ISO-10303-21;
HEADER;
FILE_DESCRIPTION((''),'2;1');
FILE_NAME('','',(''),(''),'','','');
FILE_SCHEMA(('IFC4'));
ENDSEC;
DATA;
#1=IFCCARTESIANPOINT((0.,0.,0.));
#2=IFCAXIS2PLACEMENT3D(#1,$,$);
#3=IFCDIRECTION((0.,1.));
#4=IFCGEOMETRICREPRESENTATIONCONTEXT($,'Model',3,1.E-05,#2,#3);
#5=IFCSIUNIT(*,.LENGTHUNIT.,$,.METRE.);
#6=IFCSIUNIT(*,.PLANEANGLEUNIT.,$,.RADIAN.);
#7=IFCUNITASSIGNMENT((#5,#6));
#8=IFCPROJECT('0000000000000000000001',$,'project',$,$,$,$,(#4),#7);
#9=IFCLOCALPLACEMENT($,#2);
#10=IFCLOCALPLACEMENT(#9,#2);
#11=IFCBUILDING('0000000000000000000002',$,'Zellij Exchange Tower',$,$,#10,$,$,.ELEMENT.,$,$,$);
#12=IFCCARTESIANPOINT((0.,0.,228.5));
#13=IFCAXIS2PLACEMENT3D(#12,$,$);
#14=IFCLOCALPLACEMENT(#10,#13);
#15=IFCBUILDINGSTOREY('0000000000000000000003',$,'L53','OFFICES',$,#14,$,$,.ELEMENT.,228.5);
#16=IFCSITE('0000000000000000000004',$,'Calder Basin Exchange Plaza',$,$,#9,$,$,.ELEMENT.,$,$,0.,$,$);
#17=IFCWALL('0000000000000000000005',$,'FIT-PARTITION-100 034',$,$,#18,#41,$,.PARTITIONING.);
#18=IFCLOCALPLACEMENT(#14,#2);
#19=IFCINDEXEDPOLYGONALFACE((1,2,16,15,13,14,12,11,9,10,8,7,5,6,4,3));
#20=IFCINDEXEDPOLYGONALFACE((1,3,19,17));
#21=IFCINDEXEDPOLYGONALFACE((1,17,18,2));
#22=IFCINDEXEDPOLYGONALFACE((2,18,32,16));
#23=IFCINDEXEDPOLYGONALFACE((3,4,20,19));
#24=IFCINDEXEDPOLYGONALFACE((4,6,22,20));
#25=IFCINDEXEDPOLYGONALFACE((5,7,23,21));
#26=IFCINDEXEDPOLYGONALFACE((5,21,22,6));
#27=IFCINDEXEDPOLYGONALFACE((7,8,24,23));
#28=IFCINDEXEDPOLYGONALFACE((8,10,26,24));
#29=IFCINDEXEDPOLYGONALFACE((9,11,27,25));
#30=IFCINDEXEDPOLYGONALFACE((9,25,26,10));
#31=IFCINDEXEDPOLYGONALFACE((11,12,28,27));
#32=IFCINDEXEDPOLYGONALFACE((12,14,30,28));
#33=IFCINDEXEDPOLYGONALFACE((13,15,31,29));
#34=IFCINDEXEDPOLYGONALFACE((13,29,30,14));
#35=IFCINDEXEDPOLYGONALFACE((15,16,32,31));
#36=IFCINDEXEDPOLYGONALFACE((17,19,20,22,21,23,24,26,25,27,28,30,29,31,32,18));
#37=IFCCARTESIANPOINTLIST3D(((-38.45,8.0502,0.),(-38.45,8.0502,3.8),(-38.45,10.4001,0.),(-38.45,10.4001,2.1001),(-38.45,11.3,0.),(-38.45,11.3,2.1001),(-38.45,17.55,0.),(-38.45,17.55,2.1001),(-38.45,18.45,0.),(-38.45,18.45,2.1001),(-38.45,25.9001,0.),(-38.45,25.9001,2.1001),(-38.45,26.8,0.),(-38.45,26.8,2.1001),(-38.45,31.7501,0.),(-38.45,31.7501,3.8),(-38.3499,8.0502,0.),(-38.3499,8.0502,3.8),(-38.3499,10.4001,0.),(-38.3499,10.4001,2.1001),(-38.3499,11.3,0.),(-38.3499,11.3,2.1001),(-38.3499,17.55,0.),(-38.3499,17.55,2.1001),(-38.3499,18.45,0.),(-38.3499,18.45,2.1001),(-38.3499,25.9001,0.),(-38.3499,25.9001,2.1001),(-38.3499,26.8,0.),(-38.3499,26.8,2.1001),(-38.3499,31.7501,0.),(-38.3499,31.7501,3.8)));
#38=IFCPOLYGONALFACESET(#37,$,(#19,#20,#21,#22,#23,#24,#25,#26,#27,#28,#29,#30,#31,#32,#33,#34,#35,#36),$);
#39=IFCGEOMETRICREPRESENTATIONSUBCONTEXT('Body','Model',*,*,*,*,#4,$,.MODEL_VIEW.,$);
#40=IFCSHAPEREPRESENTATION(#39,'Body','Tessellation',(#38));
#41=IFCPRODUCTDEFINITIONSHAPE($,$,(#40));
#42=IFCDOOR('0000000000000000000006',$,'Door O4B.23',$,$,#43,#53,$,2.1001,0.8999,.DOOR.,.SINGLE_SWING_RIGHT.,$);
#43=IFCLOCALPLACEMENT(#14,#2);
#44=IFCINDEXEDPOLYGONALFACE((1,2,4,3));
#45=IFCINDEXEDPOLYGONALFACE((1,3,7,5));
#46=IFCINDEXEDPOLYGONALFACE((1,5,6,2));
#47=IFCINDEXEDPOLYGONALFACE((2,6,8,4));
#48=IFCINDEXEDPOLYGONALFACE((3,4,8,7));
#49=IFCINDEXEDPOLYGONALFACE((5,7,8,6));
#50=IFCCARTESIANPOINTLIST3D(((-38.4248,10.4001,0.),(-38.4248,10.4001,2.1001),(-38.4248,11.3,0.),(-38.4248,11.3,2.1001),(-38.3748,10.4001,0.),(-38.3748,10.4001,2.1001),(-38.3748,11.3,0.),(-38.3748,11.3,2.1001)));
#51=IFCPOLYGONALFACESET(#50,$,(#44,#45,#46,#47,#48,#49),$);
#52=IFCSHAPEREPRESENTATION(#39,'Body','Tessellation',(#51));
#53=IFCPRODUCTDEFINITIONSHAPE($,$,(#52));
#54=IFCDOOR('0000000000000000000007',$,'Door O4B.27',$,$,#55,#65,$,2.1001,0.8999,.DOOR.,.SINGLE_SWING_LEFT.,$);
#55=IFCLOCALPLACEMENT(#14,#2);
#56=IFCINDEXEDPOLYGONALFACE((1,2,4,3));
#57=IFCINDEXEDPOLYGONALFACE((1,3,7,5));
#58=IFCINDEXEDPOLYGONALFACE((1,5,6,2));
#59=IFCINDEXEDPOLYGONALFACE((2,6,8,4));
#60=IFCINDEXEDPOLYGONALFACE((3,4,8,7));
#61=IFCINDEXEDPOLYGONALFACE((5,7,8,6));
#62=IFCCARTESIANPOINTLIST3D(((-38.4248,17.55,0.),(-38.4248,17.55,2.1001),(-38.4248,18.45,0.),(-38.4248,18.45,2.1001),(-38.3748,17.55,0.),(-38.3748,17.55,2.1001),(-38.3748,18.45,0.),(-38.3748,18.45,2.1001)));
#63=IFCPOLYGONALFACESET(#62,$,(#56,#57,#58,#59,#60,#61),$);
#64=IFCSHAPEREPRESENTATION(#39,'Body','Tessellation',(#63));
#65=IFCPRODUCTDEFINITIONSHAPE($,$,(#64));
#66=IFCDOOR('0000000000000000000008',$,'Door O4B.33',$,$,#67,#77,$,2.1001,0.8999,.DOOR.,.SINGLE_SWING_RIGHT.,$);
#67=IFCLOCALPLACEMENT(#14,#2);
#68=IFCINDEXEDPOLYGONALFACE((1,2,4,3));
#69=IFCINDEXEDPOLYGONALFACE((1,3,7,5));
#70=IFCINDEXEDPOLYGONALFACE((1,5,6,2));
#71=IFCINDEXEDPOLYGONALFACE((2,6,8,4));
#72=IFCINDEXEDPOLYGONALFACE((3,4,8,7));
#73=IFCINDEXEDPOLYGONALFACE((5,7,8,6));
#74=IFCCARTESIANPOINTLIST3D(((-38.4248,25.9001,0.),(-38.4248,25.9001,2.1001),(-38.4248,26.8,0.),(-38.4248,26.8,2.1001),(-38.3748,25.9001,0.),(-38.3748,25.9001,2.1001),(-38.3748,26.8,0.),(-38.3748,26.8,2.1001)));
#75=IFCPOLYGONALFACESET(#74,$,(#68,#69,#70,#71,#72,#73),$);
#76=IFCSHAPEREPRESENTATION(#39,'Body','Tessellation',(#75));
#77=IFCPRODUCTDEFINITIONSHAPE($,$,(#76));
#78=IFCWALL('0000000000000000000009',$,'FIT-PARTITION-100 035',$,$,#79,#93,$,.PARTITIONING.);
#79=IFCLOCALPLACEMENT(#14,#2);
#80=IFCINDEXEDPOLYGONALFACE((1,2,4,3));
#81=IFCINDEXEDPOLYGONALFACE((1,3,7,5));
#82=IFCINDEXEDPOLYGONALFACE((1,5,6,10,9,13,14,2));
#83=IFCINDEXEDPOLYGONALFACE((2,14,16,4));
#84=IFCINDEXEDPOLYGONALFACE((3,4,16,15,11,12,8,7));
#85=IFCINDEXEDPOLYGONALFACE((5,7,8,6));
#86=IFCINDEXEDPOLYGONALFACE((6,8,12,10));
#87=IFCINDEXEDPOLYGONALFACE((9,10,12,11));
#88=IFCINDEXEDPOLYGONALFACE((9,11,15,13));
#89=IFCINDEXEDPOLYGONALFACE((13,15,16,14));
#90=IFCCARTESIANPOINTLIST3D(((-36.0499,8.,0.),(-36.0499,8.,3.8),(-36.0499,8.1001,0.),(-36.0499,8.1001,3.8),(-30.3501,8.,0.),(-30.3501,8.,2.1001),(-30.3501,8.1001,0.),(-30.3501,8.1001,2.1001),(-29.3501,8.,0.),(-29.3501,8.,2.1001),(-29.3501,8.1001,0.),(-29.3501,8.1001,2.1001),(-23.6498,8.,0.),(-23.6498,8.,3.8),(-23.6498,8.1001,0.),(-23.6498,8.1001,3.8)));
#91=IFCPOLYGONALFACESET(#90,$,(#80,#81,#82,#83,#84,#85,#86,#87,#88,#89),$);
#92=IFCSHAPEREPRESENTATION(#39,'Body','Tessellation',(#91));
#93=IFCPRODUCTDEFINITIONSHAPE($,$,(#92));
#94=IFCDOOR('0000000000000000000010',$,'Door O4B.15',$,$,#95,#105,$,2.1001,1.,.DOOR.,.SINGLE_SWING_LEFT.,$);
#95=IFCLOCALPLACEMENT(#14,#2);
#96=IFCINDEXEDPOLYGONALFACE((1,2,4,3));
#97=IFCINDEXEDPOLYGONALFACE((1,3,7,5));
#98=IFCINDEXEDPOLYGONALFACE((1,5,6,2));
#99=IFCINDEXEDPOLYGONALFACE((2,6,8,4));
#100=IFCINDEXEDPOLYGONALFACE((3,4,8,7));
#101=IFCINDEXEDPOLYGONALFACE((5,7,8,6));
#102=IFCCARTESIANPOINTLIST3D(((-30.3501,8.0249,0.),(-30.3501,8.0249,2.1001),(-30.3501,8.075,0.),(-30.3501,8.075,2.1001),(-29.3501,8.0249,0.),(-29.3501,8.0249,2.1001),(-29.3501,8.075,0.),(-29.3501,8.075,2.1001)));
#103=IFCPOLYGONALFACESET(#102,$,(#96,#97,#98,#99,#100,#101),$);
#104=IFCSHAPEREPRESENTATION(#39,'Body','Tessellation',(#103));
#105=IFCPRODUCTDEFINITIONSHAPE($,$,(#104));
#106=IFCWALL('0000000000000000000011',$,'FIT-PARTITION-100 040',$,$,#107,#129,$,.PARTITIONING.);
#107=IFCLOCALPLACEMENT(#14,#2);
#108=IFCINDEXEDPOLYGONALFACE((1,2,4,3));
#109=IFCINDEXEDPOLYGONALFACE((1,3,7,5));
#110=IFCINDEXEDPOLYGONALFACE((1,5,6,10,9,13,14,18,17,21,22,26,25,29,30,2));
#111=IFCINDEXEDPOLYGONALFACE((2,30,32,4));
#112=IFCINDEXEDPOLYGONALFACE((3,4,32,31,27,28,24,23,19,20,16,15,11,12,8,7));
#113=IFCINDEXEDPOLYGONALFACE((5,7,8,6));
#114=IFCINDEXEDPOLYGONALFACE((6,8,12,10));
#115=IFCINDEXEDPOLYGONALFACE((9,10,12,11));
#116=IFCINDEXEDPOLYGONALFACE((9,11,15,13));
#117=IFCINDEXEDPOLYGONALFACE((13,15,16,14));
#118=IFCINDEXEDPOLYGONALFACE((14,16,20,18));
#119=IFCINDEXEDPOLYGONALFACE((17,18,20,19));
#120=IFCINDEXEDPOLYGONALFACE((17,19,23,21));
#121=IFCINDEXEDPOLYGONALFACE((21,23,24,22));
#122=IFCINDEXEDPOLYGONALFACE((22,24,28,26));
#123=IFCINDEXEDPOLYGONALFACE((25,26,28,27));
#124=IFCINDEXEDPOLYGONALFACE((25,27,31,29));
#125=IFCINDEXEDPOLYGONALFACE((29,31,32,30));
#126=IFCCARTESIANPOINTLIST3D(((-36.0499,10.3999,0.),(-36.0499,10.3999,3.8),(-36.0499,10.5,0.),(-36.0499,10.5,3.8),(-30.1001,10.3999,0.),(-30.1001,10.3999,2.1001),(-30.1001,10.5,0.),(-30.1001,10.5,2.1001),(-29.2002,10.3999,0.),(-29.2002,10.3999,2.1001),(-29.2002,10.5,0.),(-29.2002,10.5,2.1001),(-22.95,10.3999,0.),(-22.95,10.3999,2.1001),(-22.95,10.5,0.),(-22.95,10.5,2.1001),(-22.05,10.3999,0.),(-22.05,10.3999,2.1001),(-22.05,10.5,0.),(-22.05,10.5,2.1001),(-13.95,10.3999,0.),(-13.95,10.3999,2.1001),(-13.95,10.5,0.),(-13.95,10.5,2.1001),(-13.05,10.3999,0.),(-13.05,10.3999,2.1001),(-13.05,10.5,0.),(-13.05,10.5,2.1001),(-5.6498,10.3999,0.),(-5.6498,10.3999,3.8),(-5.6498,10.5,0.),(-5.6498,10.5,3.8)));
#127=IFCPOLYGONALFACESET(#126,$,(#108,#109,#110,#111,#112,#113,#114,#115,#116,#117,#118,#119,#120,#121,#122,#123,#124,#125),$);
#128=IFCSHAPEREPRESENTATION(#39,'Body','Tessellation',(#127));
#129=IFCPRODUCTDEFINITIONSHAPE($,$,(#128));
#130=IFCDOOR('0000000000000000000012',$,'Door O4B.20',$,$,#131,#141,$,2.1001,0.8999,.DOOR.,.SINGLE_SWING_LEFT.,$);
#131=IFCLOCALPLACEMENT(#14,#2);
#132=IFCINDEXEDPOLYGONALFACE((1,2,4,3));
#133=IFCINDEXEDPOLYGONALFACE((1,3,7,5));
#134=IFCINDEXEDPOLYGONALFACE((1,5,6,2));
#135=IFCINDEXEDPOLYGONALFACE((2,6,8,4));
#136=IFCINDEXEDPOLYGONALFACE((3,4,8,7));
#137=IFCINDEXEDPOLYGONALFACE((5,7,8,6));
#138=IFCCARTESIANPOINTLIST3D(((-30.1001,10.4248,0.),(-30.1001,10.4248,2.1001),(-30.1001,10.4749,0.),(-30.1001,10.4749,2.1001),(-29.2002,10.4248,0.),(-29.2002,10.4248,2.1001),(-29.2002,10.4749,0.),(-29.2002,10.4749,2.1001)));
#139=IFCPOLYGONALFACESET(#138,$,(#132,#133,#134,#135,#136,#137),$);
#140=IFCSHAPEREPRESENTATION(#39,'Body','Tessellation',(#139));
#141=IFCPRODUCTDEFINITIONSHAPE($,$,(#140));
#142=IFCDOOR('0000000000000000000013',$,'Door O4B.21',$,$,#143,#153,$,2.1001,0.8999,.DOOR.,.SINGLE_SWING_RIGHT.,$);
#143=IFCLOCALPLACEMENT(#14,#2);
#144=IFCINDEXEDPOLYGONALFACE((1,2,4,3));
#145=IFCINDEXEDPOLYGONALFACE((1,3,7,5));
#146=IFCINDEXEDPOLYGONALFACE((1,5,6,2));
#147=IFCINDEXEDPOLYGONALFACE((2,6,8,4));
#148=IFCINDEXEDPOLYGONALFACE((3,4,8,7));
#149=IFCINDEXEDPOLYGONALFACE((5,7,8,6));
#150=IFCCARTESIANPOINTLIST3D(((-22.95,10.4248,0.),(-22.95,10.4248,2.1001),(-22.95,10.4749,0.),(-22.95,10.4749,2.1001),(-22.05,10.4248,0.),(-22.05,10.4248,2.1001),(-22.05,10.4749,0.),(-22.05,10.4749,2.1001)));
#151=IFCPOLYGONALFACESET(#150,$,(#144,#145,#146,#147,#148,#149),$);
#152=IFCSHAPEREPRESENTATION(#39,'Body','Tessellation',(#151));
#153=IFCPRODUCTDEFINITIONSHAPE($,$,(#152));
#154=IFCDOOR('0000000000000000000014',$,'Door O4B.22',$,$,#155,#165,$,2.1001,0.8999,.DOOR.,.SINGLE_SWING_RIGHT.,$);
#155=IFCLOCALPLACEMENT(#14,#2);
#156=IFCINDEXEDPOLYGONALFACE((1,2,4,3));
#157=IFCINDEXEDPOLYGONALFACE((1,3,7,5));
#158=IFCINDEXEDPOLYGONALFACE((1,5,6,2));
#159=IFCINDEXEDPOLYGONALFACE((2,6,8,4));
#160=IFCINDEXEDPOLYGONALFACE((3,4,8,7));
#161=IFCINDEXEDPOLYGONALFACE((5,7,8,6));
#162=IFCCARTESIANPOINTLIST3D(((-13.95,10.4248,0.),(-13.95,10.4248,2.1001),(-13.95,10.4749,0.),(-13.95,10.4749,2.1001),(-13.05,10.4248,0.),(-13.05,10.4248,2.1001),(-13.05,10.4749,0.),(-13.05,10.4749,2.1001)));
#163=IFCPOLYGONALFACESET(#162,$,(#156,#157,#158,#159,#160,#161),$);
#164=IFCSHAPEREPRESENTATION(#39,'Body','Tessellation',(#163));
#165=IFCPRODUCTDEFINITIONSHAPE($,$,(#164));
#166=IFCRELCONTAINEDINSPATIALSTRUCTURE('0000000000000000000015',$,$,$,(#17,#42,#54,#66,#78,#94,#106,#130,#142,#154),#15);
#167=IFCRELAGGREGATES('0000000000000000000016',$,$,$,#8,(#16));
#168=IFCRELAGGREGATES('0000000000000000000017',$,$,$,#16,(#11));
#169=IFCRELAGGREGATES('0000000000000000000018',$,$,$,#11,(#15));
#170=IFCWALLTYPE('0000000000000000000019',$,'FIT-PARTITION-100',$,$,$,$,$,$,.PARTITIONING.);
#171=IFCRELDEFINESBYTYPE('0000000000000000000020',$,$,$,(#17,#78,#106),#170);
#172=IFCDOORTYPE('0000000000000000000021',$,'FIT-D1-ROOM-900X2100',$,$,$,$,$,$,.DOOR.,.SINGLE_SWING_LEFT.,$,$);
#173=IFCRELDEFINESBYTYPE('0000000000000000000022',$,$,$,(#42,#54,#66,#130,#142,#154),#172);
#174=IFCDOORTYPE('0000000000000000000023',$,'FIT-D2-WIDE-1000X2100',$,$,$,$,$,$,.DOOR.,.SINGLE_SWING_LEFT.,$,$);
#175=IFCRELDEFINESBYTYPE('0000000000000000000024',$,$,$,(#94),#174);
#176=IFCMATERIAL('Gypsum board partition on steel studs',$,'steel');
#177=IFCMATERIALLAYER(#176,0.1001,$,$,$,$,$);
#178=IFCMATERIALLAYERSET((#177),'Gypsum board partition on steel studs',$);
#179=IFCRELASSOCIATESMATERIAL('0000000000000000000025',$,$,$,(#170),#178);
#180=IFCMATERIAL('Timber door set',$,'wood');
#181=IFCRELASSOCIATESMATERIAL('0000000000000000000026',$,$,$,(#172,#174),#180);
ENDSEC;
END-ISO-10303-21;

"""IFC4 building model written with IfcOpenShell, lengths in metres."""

from ifc_helpers import new_model, si_unit, direction, frame, frame_2d, origin, place, context, subcontext, project, spatial, rectangle, extrude, material, layer, layer_set, type_object, element, fill, save


model = new_model("IFC4")

# Units and contexts
model_context = context("Model", 3, precision=1e-05, world=origin(), true_north=direction((0.0, 1.0)))
body_context = subcontext(model_context, "Body", "Model", "MODEL_VIEW")
ifc_project = project(units=[si_unit("LENGTHUNIT", "METRE"), si_unit("PLANEANGLEUNIT", "RADIAN")], contexts=[model_context])

# Site, building, storey
site_placement = place(None, origin())
site = spatial("IfcSite", under=ifc_project, at=site_placement, Name="Calder Basin Exchange Plaza", CompositionType="ELEMENT", RefElevation=0.0)
building_placement = place(site_placement, origin())
building = spatial("IfcBuilding", under=site, at=building_placement, Name="Zellij Exchange Tower", CompositionType="ELEMENT")
storey_placement = place(building_placement, frame((0.0, 0.0, 228.5)))
storey = spatial("IfcBuildingStorey", under=building, at=storey_placement, Name="L53", Description="OFFICES", CompositionType="ELEMENT", Elevation=228.5)

# Wall, openings, doors
ifc_material_1 = material(Name="Gypsum board partition on steel studs", Category="steel")
ifc_layer_1 = layer(ifc_material_1, 0.1001)
ifc_layer_set_1 = layer_set([ifc_layer_1], Name="Gypsum board partition on steel studs")
wall_type_1 = type_object("IfcWallType", Name="FIT-PARTITION-100", PredefinedType="PARTITIONING", material=ifc_layer_set_1)
wall_1_placement = place(storey_placement, frame((-38.3999, 8.05, 0.0), z_axis=(0.0, 0.0, 1.0), x_axis=(0.0, 1.0, 0.0)))
wall_1 = element("IfcWall", 1, at=wall_1_placement, inside=storey, type_object=wall_type_1, Name="FIT-PARTITION-100 034", PredefinedType="PARTITIONING", context=body_context, shape_type="SweptSolid", body=[
    extrude(rectangle(XDim=23.7, YDim=0.1001, at=frame_2d((11.8501, 0.0))), origin(), (0.0, 0.0, 1.0), 3.8),
])
opening_1_placement = place(wall_1_placement, frame((2.3501, 0.0, 0.0)))
opening_1 = element("IfcOpeningElement", 2, at=opening_1_placement, cuts=wall_1, PredefinedType="OPENING", context=body_context, shape_type="SweptSolid", body=[
    extrude(rectangle(XDim=0.8999, YDim=2.1001, at=frame_2d((0.45, 1.05))), frame((0.0, 0.062, 0.0), z_axis=(0.0, -1.0, 0.0), x_axis=(1.0, 0.0, 0.0)), (0.0, 0.0, 1.0), 0.124),
])
opening_2_placement = place(wall_1_placement, frame((9.5, 0.0, 0.0)))
opening_2 = element("IfcOpeningElement", 3, at=opening_2_placement, cuts=wall_1, PredefinedType="OPENING", context=body_context, shape_type="SweptSolid", body=[
    extrude(rectangle(XDim=0.8999, YDim=2.1001, at=frame_2d((0.45, 1.05))), frame((0.0, 0.062, 0.0), z_axis=(0.0, -1.0, 0.0), x_axis=(1.0, 0.0, 0.0)), (0.0, 0.0, 1.0), 0.124),
])
opening_3_placement = place(wall_1_placement, frame((17.8501, 0.0, 0.0)))
opening_3 = element("IfcOpeningElement", 4, at=opening_3_placement, cuts=wall_1, PredefinedType="OPENING", context=body_context, shape_type="SweptSolid", body=[
    extrude(rectangle(XDim=0.8999, YDim=2.1001, at=frame_2d((0.45, 1.05))), frame((0.0, 0.062, 0.0), z_axis=(0.0, -1.0, 0.0), x_axis=(1.0, 0.0, 0.0)), (0.0, 0.0, 1.0), 0.124),
])
ifc_material_2 = material(Name="Timber door set", Category="wood")
door_type_1 = type_object("IfcDoorType", Name="FIT-D1-ROOM-900X2100", OperationType="SINGLE_SWING_LEFT", PredefinedType="DOOR", material=ifc_material_2)
door_1_placement = place(opening_1_placement, origin())
door_1 = element("IfcDoor", 5, at=door_1_placement, inside=storey, type_object=door_type_1, Name="Door O4B.23", OperationType="SINGLE_SWING_RIGHT", OverallHeight=2.1001, OverallWidth=0.8999, PredefinedType="DOOR", context=body_context, shape_type="SweptSolid", body=[
    extrude(rectangle(XDim=0.8999, YDim=2.1001, at=frame_2d((0.45, 1.05))), frame((0.0, 0.0249, 0.0), z_axis=(0.0, -1.0, 0.0), x_axis=(1.0, 0.0, 0.0)), (0.0, 0.0, 1.0), 0.05),
])
fill(opening_1, door_1)
door_2_placement = place(opening_2_placement, origin())
door_2 = element("IfcDoor", 6, at=door_2_placement, inside=storey, type_object=door_type_1, Name="Door O4B.27", OperationType="SINGLE_SWING_LEFT", OverallHeight=2.1001, OverallWidth=0.8999, PredefinedType="DOOR", context=body_context, shape_type="SweptSolid", body=[
    extrude(rectangle(XDim=0.8999, YDim=2.1001, at=frame_2d((0.45, 1.05))), frame((0.0, 0.0249, 0.0), z_axis=(0.0, -1.0, 0.0), x_axis=(1.0, 0.0, 0.0)), (0.0, 0.0, 1.0), 0.05),
])
fill(opening_2, door_2)
door_3_placement = place(opening_3_placement, origin())
door_3 = element("IfcDoor", 7, at=door_3_placement, inside=storey, type_object=door_type_1, Name="Door O4B.33", OperationType="SINGLE_SWING_RIGHT", OverallHeight=2.1001, OverallWidth=0.8999, PredefinedType="DOOR", context=body_context, shape_type="SweptSolid", body=[
    extrude(rectangle(XDim=0.8999, YDim=2.1001, at=frame_2d((0.45, 1.05))), frame((0.0, 0.0249, 0.0), z_axis=(0.0, -1.0, 0.0), x_axis=(1.0, 0.0, 0.0)), (0.0, 0.0, 1.0), 0.05),
])
fill(opening_3, door_3)

# Wall, opening, door
wall_2_placement = place(storey_placement, frame((-36.05, 8.05, 0.0), z_axis=(0.0, 0.0, 1.0), x_axis=(1.0, 0.0, 0.0)))
wall_2 = element("IfcWall", 8, at=wall_2_placement, inside=storey, type_object=wall_type_1, Name="FIT-PARTITION-100 035", PredefinedType="PARTITIONING", context=body_context, shape_type="SweptSolid", body=[
    extrude(rectangle(XDim=12.4001, YDim=0.1001, at=frame_2d((6.2002, 0.0))), origin(), (0.0, 0.0, 1.0), 3.8),
])
opening_4_placement = place(wall_2_placement, frame((5.7, 0.0, 0.0)))
opening_4 = element("IfcOpeningElement", 9, at=opening_4_placement, cuts=wall_2, PredefinedType="OPENING", context=body_context, shape_type="SweptSolid", body=[
    extrude(rectangle(XDim=1.0, YDim=2.1001, at=frame_2d((0.5, 1.05))), frame((0.0, 0.062, 0.0), z_axis=(0.0, -1.0, 0.0), x_axis=(1.0, 0.0, 0.0)), (0.0, 0.0, 1.0), 0.124),
])
door_type_2 = type_object("IfcDoorType", Name="FIT-D2-WIDE-1000X2100", OperationType="SINGLE_SWING_LEFT", PredefinedType="DOOR", material=ifc_material_2)
door_4_placement = place(opening_4_placement, origin())
door_4 = element("IfcDoor", 10, at=door_4_placement, inside=storey, type_object=door_type_2, Name="Door O4B.15", OperationType="SINGLE_SWING_LEFT", OverallHeight=2.1001, OverallWidth=1.0, PredefinedType="DOOR", context=body_context, shape_type="SweptSolid", body=[
    extrude(rectangle(XDim=1.0, YDim=2.1001, at=frame_2d((0.5, 1.05))), frame((0.0, 0.0249, 0.0), z_axis=(0.0, -1.0, 0.0), x_axis=(1.0, 0.0, 0.0)), (0.0, 0.0, 1.0), 0.05),
])
fill(opening_4, door_4)

# Wall, openings, doors
wall_3_placement = place(storey_placement, frame((-36.05, 10.45, 0.0), z_axis=(0.0, 0.0, 1.0), x_axis=(1.0, 0.0, 0.0)))
wall_3 = element("IfcWall", 11, at=wall_3_placement, inside=storey, type_object=wall_type_1, Name="FIT-PARTITION-100 040", PredefinedType="PARTITIONING", context=body_context, shape_type="SweptSolid", body=[
    extrude(rectangle(XDim=30.4001, YDim=0.1001, at=frame_2d((15.2002, 0.0))), origin(), (0.0, 0.0, 1.0), 3.8),
])
opening_5_placement = place(wall_3_placement, frame((5.95, 0.0, 0.0)))
opening_5 = element("IfcOpeningElement", 12, at=opening_5_placement, cuts=wall_3, PredefinedType="OPENING", context=body_context, shape_type="SweptSolid", body=[
    extrude(rectangle(XDim=0.8999, YDim=2.1001, at=frame_2d((0.45, 1.05))), frame((0.0, 0.062, 0.0), z_axis=(0.0, -1.0, 0.0), x_axis=(1.0, 0.0, 0.0)), (0.0, 0.0, 1.0), 0.124),
])
opening_6_placement = place(wall_3_placement, frame((13.1001, 0.0, 0.0)))
opening_6 = element("IfcOpeningElement", 13, at=opening_6_placement, cuts=wall_3, PredefinedType="OPENING", context=body_context, shape_type="SweptSolid", body=[
    extrude(rectangle(XDim=0.8999, YDim=2.1001, at=frame_2d((0.45, 1.05))), frame((0.0, 0.062, 0.0), z_axis=(0.0, -1.0, 0.0), x_axis=(1.0, 0.0, 0.0)), (0.0, 0.0, 1.0), 0.124),
])
opening_7_placement = place(wall_3_placement, frame((22.1001, 0.0, 0.0)))
opening_7 = element("IfcOpeningElement", 14, at=opening_7_placement, cuts=wall_3, PredefinedType="OPENING", context=body_context, shape_type="SweptSolid", body=[
    extrude(rectangle(XDim=0.8999, YDim=2.1001, at=frame_2d((0.45, 1.05))), frame((0.0, 0.062, 0.0), z_axis=(0.0, -1.0, 0.0), x_axis=(1.0, 0.0, 0.0)), (0.0, 0.0, 1.0), 0.124),
])
door_5_placement = place(opening_5_placement, origin())
door_5 = element("IfcDoor", 15, at=door_5_placement, inside=storey, type_object=door_type_1, Name="Door O4B.20", OperationType="SINGLE_SWING_LEFT", OverallHeight=2.1001, OverallWidth=0.8999, PredefinedType="DOOR", context=body_context, shape_type="SweptSolid", body=[
    extrude(rectangle(XDim=0.8999, YDim=2.1001, at=frame_2d((0.45, 1.05))), frame((0.0, 0.0249, 0.0), z_axis=(0.0, -1.0, 0.0), x_axis=(1.0, 0.0, 0.0)), (0.0, 0.0, 1.0), 0.05),
])
fill(opening_5, door_5)
door_6_placement = place(opening_6_placement, origin())
door_6 = element("IfcDoor", 16, at=door_6_placement, inside=storey, type_object=door_type_1, Name="Door O4B.21", OperationType="SINGLE_SWING_RIGHT", OverallHeight=2.1001, OverallWidth=0.8999, PredefinedType="DOOR", context=body_context, shape_type="SweptSolid", body=[
    extrude(rectangle(XDim=0.8999, YDim=2.1001, at=frame_2d((0.45, 1.05))), frame((0.0, 0.0249, 0.0), z_axis=(0.0, -1.0, 0.0), x_axis=(1.0, 0.0, 0.0)), (0.0, 0.0, 1.0), 0.05),
])
fill(opening_6, door_6)
door_7_placement = place(opening_7_placement, origin())
door_7 = element("IfcDoor", 17, at=door_7_placement, inside=storey, type_object=door_type_1, Name="Door O4B.22", OperationType="SINGLE_SWING_RIGHT", OverallHeight=2.1001, OverallWidth=0.8999, PredefinedType="DOOR", context=body_context, shape_type="SweptSolid", body=[
    extrude(rectangle(XDim=0.8999, YDim=2.1001, at=frame_2d((0.45, 1.05))), frame((0.0, 0.0249, 0.0), z_axis=(0.0, -1.0, 0.0), x_axis=(1.0, 0.0, 0.0)), (0.0, 0.0, 1.0), 0.05),
])
fill(opening_7, door_7)

save(model, "model.ifc")
